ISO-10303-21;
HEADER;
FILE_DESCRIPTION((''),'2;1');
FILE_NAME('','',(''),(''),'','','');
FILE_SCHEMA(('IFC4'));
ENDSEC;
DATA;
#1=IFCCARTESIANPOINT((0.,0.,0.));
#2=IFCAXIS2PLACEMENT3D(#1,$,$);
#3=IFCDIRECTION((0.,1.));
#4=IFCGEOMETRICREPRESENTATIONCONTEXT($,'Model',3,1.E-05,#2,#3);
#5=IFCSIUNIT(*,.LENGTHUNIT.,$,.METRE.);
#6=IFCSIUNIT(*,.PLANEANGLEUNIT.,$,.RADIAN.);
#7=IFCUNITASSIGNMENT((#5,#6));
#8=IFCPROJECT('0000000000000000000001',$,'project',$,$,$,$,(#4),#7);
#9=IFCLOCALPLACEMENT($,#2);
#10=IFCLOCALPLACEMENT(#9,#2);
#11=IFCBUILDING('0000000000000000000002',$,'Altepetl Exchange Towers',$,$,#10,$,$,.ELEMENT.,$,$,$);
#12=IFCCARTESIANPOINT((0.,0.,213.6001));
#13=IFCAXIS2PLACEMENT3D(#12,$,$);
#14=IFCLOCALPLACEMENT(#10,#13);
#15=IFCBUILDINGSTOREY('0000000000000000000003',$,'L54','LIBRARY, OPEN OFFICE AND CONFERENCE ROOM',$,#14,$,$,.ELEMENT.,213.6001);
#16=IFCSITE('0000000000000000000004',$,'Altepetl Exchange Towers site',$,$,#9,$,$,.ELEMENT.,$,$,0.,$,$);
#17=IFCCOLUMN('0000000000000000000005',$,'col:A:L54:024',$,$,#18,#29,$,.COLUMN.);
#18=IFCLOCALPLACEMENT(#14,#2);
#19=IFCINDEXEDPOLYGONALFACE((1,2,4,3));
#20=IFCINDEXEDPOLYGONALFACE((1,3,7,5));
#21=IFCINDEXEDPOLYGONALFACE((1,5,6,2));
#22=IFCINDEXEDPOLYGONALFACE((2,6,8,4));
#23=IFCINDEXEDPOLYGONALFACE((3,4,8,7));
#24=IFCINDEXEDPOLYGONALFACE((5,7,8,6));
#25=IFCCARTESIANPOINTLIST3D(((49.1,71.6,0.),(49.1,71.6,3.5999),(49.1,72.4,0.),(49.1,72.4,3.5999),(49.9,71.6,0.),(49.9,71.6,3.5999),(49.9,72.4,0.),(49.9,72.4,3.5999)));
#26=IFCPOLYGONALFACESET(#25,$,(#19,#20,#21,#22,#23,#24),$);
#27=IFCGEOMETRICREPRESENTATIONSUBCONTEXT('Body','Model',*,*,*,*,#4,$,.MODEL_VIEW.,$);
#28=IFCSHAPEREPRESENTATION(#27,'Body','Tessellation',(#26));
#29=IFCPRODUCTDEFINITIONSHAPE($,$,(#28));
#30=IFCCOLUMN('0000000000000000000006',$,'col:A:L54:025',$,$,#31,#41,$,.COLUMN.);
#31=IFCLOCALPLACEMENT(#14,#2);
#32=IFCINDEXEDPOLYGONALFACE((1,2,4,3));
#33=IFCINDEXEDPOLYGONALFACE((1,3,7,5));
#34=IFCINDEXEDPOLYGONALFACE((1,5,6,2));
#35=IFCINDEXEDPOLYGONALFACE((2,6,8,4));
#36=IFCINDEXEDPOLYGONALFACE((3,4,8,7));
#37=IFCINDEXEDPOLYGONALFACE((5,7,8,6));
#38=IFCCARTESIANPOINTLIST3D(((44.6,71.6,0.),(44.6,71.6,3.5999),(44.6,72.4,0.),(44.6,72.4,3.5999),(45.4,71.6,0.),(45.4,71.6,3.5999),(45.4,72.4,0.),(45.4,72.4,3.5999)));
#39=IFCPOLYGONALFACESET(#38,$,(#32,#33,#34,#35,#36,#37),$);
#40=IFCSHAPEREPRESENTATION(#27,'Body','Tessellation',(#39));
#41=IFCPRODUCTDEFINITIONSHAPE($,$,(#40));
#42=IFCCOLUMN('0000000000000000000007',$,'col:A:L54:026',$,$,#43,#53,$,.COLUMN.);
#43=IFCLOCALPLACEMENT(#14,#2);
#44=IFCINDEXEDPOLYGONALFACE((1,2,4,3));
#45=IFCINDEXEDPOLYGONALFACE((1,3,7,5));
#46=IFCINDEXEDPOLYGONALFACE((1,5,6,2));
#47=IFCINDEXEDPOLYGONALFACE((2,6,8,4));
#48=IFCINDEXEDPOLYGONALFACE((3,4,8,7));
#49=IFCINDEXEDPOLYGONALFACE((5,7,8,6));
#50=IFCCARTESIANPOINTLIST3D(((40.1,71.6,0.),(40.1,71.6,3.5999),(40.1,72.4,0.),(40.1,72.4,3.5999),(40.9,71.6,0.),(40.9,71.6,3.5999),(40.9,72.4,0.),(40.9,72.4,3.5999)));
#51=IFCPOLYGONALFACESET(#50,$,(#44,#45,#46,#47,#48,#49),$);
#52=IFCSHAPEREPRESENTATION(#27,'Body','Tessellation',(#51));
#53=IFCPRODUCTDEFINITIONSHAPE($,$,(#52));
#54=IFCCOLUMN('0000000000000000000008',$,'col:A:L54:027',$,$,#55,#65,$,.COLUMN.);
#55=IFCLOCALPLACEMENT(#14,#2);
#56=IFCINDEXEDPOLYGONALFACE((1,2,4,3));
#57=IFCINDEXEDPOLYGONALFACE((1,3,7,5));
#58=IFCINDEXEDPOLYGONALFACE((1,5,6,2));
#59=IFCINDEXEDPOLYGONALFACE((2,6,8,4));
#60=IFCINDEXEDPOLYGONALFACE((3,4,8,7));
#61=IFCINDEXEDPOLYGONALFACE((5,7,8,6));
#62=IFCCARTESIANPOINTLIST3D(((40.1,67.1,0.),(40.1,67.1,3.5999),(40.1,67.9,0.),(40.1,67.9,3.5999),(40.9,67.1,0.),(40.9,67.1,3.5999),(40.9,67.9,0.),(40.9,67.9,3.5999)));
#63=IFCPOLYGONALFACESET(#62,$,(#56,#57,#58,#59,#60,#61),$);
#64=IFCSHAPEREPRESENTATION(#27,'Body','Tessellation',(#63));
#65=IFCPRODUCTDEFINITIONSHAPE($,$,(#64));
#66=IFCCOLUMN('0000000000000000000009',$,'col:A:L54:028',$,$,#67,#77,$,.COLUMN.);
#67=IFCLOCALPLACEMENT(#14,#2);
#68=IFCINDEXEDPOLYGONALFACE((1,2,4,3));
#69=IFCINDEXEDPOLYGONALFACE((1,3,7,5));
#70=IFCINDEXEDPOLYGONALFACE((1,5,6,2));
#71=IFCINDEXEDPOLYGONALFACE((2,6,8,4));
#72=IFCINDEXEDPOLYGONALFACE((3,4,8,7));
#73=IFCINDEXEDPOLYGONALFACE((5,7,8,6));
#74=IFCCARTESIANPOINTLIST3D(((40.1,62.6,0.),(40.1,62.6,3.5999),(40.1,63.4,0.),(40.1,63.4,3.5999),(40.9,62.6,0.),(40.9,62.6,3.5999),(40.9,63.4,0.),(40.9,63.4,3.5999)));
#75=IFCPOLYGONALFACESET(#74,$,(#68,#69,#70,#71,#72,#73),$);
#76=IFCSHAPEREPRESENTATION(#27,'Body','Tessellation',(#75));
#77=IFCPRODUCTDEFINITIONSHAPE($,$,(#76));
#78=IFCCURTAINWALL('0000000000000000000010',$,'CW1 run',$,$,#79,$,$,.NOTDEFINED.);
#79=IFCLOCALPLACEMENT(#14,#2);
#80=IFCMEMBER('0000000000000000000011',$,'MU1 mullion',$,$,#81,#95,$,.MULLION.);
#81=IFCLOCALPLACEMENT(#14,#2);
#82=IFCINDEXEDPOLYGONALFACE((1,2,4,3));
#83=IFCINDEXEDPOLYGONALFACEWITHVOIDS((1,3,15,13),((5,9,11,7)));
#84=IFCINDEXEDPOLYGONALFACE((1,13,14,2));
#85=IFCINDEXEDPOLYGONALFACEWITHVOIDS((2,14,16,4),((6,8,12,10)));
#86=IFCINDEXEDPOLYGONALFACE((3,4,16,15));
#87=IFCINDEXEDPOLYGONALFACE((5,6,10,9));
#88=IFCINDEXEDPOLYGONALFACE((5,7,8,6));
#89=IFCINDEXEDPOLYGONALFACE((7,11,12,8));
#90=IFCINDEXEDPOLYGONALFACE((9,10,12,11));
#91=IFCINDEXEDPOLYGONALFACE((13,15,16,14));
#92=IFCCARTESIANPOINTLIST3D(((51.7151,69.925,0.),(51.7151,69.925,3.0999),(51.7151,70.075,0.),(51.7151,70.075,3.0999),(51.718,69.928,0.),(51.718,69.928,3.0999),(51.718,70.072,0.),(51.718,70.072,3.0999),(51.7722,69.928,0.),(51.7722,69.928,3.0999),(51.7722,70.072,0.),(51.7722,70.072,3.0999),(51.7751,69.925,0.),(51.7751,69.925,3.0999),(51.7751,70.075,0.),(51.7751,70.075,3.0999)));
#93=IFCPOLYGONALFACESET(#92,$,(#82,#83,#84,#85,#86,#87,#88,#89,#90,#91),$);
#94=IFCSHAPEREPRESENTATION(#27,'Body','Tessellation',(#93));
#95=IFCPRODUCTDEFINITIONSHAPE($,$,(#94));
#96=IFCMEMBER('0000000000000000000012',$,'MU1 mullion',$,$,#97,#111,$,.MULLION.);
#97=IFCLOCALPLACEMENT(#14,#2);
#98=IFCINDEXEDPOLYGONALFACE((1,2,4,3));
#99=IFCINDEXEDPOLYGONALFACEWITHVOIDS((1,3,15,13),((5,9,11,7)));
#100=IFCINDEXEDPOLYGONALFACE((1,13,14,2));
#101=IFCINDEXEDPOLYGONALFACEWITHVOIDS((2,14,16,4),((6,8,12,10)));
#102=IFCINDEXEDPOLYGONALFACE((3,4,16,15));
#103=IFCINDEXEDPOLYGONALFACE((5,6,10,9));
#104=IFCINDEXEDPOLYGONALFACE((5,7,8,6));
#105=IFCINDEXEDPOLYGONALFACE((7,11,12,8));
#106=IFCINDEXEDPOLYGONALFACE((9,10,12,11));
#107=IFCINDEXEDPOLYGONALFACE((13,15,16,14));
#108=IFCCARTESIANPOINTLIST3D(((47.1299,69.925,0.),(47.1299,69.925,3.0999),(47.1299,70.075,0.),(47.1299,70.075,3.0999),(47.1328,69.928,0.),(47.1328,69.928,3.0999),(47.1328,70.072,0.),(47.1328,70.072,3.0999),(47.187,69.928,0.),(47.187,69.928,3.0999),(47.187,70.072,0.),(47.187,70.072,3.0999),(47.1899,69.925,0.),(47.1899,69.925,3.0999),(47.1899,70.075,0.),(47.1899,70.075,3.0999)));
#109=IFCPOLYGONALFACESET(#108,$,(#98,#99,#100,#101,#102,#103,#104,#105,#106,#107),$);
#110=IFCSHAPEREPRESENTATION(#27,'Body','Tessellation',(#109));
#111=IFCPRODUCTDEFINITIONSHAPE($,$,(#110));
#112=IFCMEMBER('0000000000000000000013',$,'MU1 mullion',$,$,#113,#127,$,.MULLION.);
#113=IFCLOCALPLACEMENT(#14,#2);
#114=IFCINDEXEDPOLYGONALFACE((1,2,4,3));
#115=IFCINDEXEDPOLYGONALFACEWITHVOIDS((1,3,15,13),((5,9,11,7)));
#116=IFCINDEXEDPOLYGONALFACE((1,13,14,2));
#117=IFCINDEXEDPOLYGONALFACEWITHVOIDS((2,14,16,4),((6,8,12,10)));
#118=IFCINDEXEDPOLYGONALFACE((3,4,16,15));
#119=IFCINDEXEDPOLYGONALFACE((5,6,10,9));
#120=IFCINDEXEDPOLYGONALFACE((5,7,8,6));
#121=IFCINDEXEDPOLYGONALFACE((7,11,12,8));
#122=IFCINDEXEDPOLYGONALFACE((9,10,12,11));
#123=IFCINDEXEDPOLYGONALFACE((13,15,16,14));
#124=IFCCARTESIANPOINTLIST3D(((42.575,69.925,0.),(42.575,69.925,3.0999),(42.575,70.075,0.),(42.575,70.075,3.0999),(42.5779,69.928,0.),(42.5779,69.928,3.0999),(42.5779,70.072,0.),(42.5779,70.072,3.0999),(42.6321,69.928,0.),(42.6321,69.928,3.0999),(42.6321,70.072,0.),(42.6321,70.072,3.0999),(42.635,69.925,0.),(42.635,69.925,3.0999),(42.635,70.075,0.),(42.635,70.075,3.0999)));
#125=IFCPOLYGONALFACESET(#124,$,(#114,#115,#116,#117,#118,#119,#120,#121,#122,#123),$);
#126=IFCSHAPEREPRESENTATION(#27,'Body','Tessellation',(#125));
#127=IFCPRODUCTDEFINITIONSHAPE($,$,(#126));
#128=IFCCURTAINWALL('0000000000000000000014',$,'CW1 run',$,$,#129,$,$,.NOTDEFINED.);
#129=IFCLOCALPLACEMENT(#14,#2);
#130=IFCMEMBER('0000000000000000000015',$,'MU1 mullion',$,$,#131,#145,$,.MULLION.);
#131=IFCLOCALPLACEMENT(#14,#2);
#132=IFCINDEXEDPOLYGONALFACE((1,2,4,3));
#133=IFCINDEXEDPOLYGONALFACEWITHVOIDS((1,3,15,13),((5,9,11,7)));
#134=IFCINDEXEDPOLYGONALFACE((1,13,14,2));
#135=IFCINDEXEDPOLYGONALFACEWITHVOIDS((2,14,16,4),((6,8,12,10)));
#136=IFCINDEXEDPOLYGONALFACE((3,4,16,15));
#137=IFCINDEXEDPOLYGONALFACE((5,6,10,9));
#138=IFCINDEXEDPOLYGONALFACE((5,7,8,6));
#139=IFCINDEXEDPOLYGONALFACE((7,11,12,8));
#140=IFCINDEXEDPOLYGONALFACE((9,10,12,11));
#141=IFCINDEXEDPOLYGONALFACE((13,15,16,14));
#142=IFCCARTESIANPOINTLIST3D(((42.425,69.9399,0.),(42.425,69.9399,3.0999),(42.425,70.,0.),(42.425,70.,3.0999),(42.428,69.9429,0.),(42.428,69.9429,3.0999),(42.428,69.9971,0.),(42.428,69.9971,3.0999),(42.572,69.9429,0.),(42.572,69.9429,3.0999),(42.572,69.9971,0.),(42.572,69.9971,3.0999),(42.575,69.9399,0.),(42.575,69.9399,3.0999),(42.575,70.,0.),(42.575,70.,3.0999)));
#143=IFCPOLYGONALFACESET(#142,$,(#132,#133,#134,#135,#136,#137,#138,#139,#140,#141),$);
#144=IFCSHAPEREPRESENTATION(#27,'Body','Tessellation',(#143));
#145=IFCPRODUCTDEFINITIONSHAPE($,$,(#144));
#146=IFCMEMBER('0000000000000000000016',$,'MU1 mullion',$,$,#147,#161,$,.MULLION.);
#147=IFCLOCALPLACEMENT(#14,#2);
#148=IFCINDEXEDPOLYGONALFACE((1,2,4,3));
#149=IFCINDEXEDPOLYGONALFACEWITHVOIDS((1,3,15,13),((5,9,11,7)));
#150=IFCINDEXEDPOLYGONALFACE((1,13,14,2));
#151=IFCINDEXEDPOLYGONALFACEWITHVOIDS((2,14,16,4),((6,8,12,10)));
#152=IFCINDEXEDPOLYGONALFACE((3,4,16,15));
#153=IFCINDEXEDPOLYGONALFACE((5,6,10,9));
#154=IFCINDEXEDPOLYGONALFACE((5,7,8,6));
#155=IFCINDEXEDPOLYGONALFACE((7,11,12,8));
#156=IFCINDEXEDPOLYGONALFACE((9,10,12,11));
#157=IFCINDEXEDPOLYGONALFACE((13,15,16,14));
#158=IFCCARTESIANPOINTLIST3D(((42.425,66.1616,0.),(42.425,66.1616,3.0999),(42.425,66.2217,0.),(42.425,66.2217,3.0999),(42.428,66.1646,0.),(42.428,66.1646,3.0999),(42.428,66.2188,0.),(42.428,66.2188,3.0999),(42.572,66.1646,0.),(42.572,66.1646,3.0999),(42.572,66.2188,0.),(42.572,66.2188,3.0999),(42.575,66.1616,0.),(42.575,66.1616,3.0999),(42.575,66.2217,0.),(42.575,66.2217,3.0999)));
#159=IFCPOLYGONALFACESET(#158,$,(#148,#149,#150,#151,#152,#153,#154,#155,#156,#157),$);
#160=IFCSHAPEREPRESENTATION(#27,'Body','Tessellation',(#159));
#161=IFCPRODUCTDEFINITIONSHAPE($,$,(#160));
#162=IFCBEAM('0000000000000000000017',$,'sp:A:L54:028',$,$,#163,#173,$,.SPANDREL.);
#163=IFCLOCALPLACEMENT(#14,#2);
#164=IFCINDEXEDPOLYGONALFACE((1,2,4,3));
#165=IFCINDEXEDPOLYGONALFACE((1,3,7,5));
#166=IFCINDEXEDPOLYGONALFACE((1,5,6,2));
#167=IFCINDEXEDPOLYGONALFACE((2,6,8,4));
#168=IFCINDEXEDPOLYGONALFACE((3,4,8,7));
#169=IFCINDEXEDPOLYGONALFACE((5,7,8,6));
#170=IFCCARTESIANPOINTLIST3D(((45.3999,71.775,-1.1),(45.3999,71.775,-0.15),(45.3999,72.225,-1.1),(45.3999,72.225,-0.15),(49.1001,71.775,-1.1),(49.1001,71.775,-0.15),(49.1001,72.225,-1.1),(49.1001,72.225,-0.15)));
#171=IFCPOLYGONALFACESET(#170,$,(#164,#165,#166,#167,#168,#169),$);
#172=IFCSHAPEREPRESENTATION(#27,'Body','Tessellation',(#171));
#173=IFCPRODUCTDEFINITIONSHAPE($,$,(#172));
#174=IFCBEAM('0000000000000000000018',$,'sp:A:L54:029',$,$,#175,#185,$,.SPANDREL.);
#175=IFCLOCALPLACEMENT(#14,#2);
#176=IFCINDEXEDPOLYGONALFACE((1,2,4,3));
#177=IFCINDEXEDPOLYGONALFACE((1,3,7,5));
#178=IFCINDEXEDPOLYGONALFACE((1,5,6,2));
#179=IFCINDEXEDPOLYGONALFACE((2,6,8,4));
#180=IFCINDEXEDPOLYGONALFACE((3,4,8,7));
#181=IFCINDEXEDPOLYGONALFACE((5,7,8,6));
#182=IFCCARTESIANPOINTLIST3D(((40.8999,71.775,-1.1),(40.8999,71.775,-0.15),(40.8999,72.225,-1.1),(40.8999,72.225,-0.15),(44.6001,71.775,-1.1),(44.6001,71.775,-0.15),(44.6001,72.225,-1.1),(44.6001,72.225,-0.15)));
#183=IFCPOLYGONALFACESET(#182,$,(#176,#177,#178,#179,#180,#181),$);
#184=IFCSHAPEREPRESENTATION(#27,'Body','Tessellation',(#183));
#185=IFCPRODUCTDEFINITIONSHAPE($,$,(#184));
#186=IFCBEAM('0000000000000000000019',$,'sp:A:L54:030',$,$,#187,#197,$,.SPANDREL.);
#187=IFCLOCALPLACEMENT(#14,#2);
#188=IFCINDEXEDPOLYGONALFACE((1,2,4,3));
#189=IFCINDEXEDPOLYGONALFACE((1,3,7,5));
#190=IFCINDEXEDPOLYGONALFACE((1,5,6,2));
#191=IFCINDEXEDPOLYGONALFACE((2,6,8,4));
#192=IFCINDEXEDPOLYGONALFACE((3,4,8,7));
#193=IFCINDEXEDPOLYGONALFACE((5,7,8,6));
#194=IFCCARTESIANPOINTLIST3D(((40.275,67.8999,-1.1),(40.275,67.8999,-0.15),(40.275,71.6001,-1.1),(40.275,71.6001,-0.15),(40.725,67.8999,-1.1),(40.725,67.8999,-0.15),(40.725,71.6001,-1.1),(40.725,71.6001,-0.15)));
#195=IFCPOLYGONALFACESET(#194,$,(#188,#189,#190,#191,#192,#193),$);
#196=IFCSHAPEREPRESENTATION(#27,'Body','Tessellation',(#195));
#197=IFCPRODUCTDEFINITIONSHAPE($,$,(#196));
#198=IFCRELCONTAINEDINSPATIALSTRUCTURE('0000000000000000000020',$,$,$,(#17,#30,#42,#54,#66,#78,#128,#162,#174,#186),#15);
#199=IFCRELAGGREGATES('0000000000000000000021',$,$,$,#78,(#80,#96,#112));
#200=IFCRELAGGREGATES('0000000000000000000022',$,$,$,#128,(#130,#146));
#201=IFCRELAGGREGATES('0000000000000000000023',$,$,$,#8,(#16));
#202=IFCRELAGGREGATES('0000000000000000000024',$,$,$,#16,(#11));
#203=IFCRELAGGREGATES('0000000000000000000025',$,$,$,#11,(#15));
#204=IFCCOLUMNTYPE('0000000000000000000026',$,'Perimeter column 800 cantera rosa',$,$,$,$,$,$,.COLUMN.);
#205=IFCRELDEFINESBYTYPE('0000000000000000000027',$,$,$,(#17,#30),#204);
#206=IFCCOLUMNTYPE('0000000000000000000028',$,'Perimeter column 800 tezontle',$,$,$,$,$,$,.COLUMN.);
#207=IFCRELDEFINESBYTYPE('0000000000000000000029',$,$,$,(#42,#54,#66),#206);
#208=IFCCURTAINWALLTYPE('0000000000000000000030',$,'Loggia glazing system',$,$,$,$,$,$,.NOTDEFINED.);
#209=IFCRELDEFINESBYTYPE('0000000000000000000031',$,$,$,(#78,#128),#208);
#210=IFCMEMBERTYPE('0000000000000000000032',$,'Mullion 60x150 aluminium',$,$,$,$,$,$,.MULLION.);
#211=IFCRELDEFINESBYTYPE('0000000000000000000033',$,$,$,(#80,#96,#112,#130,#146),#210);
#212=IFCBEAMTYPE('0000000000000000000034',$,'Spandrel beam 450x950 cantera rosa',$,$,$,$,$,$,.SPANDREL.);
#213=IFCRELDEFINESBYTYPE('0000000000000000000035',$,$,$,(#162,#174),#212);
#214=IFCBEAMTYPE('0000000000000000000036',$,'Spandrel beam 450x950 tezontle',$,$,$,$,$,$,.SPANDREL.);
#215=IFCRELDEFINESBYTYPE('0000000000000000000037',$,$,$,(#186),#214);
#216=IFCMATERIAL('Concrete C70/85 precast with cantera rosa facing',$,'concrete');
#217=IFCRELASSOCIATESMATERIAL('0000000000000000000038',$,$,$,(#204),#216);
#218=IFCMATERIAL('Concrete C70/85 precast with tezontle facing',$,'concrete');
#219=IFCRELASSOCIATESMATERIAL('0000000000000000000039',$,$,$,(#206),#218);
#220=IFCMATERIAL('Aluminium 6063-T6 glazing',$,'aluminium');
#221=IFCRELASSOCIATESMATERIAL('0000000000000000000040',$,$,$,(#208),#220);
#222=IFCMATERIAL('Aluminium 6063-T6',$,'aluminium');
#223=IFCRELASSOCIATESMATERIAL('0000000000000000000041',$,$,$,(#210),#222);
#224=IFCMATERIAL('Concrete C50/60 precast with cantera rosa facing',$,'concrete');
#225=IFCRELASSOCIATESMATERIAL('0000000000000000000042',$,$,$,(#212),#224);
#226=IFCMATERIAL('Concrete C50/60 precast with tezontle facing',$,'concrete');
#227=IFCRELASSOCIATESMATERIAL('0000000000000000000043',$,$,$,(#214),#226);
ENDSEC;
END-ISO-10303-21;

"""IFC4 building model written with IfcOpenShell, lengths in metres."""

from ifc_helpers import new_model, si_unit, direction, frame, origin, origin_2d, place, context, subcontext, project, spatial, rectangle, hollow_rectangle, extrude, material, material_profile, profile_set, type_object, element, aggregate, save


model = new_model("IFC4")

# Units and contexts
model_context = context("Model", 3, precision=1e-05, world=origin(), true_north=direction((0.0, 1.0)))
body_context = subcontext(model_context, "Body", "Model", "MODEL_VIEW")
ifc_project = project(units=[si_unit("LENGTHUNIT", "METRE"), si_unit("PLANEANGLEUNIT", "RADIAN")], contexts=[model_context])

# Site, building, storey
site_placement = place(None, origin())
site = spatial("IfcSite", under=ifc_project, at=site_placement, Name="Altepetl Exchange Towers site", CompositionType="ELEMENT", RefElevation=0.0)
building_placement = place(site_placement, origin())
building = spatial("IfcBuilding", under=site, at=building_placement, Name="Altepetl Exchange Towers", CompositionType="ELEMENT")
storey_placement = place(building_placement, frame((0.0, 0.0, 213.6001)))
storey = spatial("IfcBuildingStorey", under=building, at=storey_placement, Name="L54", Description="LIBRARY, OPEN OFFICE AND CONFERENCE ROOM", CompositionType="ELEMENT", Elevation=213.6001)

# Columns
ifc_material_1 = material(Name="Concrete C70/85 precast with cantera rosa facing", Category="concrete")
ifc_material_profile_1 = material_profile(ifc_material_1, rectangle(XDim=0.8, YDim=0.8, at=origin_2d()), Name="800 x 800")
ifc_profile_set_1 = profile_set([ifc_material_profile_1], Name="Concrete C70/85 precast with cantera rosa facing")
column_type_1 = type_object("IfcColumnType", Name="Perimeter column 800 cantera rosa", PredefinedType="COLUMN", material=ifc_profile_set_1)
for number, where, name in (
    (1, (49.5, 72.0, 0.0), "col:A:L54:024"),
    (2, (45.0, 72.0, 0.0), "col:A:L54:025"),
):
    element("IfcColumn", number, at=place(storey_placement, frame(where)), inside=storey, type_object=column_type_1, Name=name, PredefinedType="COLUMN", context=body_context, shape_type="SweptSolid", body=[
        extrude(rectangle(XDim=0.8, YDim=0.8, at=origin_2d()), origin(), (0.0, 0.0, 1.0), 3.5999),
    ])
ifc_material_2 = material(Name="Concrete C70/85 precast with tezontle facing", Category="concrete")
ifc_material_profile_2 = material_profile(ifc_material_2, rectangle(XDim=0.8, YDim=0.8, at=origin_2d()), Name="800 x 800")
ifc_profile_set_2 = profile_set([ifc_material_profile_2], Name="Concrete C70/85 precast with tezontle facing")
column_type_2 = type_object("IfcColumnType", Name="Perimeter column 800 tezontle", PredefinedType="COLUMN", material=ifc_profile_set_2)
for number, where, name in (
    (3, (40.5, 72.0, 0.0), "col:A:L54:026"),
    (4, (40.5, 67.5, 0.0), "col:A:L54:027"),
    (5, (40.5, 63.0, 0.0), "col:A:L54:028"),
):
    element("IfcColumn", number, at=place(storey_placement, frame(where)), inside=storey, type_object=column_type_2, Name=name, PredefinedType="COLUMN", context=body_context, shape_type="SweptSolid", body=[
        extrude(rectangle(XDim=0.8, YDim=0.8, at=origin_2d()), origin(), (0.0, 0.0, 1.0), 3.5999),
    ])

# Curtain walls, members
ifc_material_3 = material(Name="Aluminium 6063-T6 glazing", Category="aluminium")
curtain_wall_type = type_object("IfcCurtainWallType", Name="Loggia glazing system", PredefinedType="NOTDEFINED", material=ifc_material_3)
curtain_wall_1_placement = place(storey_placement, origin())
curtain_wall_1 = element("IfcCurtainWall", 6, at=curtain_wall_1_placement, inside=storey, type_object=curtain_wall_type, Name="CW1 run", PredefinedType="NOTDEFINED")
ifc_material_4 = material(Name="Aluminium 6063-T6", Category="aluminium")
ifc_material_profile_3 = material_profile(ifc_material_4, hollow_rectangle(XDim=0.0601, YDim=0.1499, WallThickness=0.0029, at=origin_2d()), Name="Mullion 60x150 aluminium")
ifc_profile_set_3 = profile_set([ifc_material_profile_3], Name="Aluminium 6063-T6")
member_type = type_object("IfcMemberType", Name="Mullion 60x150 aluminium", PredefinedType="MULLION", material=ifc_profile_set_3)
member_1_placement = place(storey_placement, frame((51.7451, 70.0, 0.0), z_axis=(0.0, 0.0, 1.0), x_axis=(-1.0, 0.0, 0.0)))
member_1 = element("IfcMember", 7, at=member_1_placement, type_object=member_type, Name="MU1 mullion", PredefinedType="MULLION", context=body_context, shape_type="SweptSolid", body=[
    extrude(hollow_rectangle(XDim=0.0601, YDim=0.1499, WallThickness=0.0029, at=origin_2d()), origin(), (0.0, 0.0, 1.0), 3.0999),
])
member_2_placement = place(storey_placement, frame((47.1599, 70.0, 0.0), z_axis=(0.0, 0.0, 1.0), x_axis=(-1.0, 0.0, 0.0)))
member_2 = element("IfcMember", 8, at=member_2_placement, type_object=member_type, Name="MU1 mullion", PredefinedType="MULLION", context=body_context, shape_type="SweptSolid", body=[
    extrude(hollow_rectangle(XDim=0.0601, YDim=0.1499, WallThickness=0.0029, at=origin_2d()), origin(), (0.0, 0.0, 1.0), 3.0999),
])
member_3_placement = place(storey_placement, frame((42.605, 70.0, 0.0), z_axis=(0.0, 0.0, 1.0), x_axis=(-1.0, 0.0, 0.0)))
member_3 = element("IfcMember", 9, at=member_3_placement, type_object=member_type, Name="MU1 mullion", PredefinedType="MULLION", context=body_context, shape_type="SweptSolid", body=[
    extrude(hollow_rectangle(XDim=0.0601, YDim=0.1499, WallThickness=0.0029, at=origin_2d()), origin(), (0.0, 0.0, 1.0), 3.0999),
])
curtain_wall_2_placement = place(storey_placement, origin())
curtain_wall_2 = element("IfcCurtainWall", 10, at=curtain_wall_2_placement, inside=storey, type_object=curtain_wall_type, Name="CW1 run", PredefinedType="NOTDEFINED")
member_4_placement = place(storey_placement, frame((42.5, 69.97, 0.0), z_axis=(0.0, 0.0, 1.0), x_axis=(0.0, -1.0, 0.0)))
member_4 = element("IfcMember", 11, at=member_4_placement, type_object=member_type, Name="MU1 mullion", PredefinedType="MULLION", context=body_context, shape_type="SweptSolid", body=[
    extrude(hollow_rectangle(XDim=0.0601, YDim=0.1499, WallThickness=0.0029, at=origin_2d()), origin(), (0.0, 0.0, 1.0), 3.0999),
])
member_5_placement = place(storey_placement, frame((42.5, 66.1917, 0.0), z_axis=(0.0, 0.0, 1.0), x_axis=(0.0, -1.0, 0.0)))
member_5 = element("IfcMember", 12, at=member_5_placement, type_object=member_type, Name="MU1 mullion", PredefinedType="MULLION", context=body_context, shape_type="SweptSolid", body=[
    extrude(hollow_rectangle(XDim=0.0601, YDim=0.1499, WallThickness=0.0029, at=origin_2d()), origin(), (0.0, 0.0, 1.0), 3.0999),
])

# Beams
ifc_material_5 = material(Name="Concrete C50/60 precast with cantera rosa facing", Category="concrete")
ifc_material_profile_4 = material_profile(ifc_material_5, rectangle(XDim=0.45, YDim=0.95, at=origin_2d()), Name="450 x 950")
ifc_profile_set_4 = profile_set([ifc_material_profile_4], Name="Concrete C50/60 precast with cantera rosa facing")
beam_type_1 = type_object("IfcBeamType", Name="Spandrel beam 450x950 cantera rosa", PredefinedType="SPANDREL", material=ifc_profile_set_4)
for number, where, z_axis, x_axis, name in (
    (13, (49.1001, 72.0, -0.625), (-1.0, 0.0, 0.0), (0.0, -1.0, 0.0), "sp:A:L54:028"),
    (14, (44.6001, 72.0, -0.625), (-1.0, 0.0, 0.0), (0.0, -1.0, 0.0), "sp:A:L54:029"),
):
    element("IfcBeam", number, at=place(storey_placement, frame(where, z_axis=z_axis, x_axis=x_axis)), inside=storey, type_object=beam_type_1, Name=name, PredefinedType="SPANDREL", context=body_context, shape_type="SweptSolid", body=[
        extrude(rectangle(XDim=0.45, YDim=0.95, at=origin_2d()), origin(), (0.0, 0.0, 1.0), 3.7002),
    ])
ifc_material_6 = material(Name="Concrete C50/60 precast with tezontle facing", Category="concrete")
ifc_material_profile_5 = material_profile(ifc_material_6, rectangle(XDim=0.45, YDim=0.95, at=origin_2d()), Name="450 x 950")
ifc_profile_set_5 = profile_set([ifc_material_profile_5], Name="Concrete C50/60 precast with tezontle facing")
beam_type_2 = type_object("IfcBeamType", Name="Spandrel beam 450x950 tezontle", PredefinedType="SPANDREL", material=ifc_profile_set_5)
for number, where, z_axis, x_axis, name in (
    (15, (40.5, 71.6001, -0.625), (0.0, -1.0, 0.0), (1.0, 0.0, 0.0), "sp:A:L54:030"),
):
    element("IfcBeam", number, at=place(storey_placement, frame(where, z_axis=z_axis, x_axis=x_axis)), inside=storey, type_object=beam_type_2, Name=name, PredefinedType="SPANDREL", context=body_context, shape_type="SweptSolid", body=[
        extrude(rectangle(XDim=0.45, YDim=0.95, at=origin_2d()), origin(), (0.0, 0.0, 1.0), 3.7002),
    ])

aggregate(curtain_wall_1, [member_1, member_2, member_3])
aggregate(curtain_wall_2, [member_4, member_5])

save(model, "model.ifc")
